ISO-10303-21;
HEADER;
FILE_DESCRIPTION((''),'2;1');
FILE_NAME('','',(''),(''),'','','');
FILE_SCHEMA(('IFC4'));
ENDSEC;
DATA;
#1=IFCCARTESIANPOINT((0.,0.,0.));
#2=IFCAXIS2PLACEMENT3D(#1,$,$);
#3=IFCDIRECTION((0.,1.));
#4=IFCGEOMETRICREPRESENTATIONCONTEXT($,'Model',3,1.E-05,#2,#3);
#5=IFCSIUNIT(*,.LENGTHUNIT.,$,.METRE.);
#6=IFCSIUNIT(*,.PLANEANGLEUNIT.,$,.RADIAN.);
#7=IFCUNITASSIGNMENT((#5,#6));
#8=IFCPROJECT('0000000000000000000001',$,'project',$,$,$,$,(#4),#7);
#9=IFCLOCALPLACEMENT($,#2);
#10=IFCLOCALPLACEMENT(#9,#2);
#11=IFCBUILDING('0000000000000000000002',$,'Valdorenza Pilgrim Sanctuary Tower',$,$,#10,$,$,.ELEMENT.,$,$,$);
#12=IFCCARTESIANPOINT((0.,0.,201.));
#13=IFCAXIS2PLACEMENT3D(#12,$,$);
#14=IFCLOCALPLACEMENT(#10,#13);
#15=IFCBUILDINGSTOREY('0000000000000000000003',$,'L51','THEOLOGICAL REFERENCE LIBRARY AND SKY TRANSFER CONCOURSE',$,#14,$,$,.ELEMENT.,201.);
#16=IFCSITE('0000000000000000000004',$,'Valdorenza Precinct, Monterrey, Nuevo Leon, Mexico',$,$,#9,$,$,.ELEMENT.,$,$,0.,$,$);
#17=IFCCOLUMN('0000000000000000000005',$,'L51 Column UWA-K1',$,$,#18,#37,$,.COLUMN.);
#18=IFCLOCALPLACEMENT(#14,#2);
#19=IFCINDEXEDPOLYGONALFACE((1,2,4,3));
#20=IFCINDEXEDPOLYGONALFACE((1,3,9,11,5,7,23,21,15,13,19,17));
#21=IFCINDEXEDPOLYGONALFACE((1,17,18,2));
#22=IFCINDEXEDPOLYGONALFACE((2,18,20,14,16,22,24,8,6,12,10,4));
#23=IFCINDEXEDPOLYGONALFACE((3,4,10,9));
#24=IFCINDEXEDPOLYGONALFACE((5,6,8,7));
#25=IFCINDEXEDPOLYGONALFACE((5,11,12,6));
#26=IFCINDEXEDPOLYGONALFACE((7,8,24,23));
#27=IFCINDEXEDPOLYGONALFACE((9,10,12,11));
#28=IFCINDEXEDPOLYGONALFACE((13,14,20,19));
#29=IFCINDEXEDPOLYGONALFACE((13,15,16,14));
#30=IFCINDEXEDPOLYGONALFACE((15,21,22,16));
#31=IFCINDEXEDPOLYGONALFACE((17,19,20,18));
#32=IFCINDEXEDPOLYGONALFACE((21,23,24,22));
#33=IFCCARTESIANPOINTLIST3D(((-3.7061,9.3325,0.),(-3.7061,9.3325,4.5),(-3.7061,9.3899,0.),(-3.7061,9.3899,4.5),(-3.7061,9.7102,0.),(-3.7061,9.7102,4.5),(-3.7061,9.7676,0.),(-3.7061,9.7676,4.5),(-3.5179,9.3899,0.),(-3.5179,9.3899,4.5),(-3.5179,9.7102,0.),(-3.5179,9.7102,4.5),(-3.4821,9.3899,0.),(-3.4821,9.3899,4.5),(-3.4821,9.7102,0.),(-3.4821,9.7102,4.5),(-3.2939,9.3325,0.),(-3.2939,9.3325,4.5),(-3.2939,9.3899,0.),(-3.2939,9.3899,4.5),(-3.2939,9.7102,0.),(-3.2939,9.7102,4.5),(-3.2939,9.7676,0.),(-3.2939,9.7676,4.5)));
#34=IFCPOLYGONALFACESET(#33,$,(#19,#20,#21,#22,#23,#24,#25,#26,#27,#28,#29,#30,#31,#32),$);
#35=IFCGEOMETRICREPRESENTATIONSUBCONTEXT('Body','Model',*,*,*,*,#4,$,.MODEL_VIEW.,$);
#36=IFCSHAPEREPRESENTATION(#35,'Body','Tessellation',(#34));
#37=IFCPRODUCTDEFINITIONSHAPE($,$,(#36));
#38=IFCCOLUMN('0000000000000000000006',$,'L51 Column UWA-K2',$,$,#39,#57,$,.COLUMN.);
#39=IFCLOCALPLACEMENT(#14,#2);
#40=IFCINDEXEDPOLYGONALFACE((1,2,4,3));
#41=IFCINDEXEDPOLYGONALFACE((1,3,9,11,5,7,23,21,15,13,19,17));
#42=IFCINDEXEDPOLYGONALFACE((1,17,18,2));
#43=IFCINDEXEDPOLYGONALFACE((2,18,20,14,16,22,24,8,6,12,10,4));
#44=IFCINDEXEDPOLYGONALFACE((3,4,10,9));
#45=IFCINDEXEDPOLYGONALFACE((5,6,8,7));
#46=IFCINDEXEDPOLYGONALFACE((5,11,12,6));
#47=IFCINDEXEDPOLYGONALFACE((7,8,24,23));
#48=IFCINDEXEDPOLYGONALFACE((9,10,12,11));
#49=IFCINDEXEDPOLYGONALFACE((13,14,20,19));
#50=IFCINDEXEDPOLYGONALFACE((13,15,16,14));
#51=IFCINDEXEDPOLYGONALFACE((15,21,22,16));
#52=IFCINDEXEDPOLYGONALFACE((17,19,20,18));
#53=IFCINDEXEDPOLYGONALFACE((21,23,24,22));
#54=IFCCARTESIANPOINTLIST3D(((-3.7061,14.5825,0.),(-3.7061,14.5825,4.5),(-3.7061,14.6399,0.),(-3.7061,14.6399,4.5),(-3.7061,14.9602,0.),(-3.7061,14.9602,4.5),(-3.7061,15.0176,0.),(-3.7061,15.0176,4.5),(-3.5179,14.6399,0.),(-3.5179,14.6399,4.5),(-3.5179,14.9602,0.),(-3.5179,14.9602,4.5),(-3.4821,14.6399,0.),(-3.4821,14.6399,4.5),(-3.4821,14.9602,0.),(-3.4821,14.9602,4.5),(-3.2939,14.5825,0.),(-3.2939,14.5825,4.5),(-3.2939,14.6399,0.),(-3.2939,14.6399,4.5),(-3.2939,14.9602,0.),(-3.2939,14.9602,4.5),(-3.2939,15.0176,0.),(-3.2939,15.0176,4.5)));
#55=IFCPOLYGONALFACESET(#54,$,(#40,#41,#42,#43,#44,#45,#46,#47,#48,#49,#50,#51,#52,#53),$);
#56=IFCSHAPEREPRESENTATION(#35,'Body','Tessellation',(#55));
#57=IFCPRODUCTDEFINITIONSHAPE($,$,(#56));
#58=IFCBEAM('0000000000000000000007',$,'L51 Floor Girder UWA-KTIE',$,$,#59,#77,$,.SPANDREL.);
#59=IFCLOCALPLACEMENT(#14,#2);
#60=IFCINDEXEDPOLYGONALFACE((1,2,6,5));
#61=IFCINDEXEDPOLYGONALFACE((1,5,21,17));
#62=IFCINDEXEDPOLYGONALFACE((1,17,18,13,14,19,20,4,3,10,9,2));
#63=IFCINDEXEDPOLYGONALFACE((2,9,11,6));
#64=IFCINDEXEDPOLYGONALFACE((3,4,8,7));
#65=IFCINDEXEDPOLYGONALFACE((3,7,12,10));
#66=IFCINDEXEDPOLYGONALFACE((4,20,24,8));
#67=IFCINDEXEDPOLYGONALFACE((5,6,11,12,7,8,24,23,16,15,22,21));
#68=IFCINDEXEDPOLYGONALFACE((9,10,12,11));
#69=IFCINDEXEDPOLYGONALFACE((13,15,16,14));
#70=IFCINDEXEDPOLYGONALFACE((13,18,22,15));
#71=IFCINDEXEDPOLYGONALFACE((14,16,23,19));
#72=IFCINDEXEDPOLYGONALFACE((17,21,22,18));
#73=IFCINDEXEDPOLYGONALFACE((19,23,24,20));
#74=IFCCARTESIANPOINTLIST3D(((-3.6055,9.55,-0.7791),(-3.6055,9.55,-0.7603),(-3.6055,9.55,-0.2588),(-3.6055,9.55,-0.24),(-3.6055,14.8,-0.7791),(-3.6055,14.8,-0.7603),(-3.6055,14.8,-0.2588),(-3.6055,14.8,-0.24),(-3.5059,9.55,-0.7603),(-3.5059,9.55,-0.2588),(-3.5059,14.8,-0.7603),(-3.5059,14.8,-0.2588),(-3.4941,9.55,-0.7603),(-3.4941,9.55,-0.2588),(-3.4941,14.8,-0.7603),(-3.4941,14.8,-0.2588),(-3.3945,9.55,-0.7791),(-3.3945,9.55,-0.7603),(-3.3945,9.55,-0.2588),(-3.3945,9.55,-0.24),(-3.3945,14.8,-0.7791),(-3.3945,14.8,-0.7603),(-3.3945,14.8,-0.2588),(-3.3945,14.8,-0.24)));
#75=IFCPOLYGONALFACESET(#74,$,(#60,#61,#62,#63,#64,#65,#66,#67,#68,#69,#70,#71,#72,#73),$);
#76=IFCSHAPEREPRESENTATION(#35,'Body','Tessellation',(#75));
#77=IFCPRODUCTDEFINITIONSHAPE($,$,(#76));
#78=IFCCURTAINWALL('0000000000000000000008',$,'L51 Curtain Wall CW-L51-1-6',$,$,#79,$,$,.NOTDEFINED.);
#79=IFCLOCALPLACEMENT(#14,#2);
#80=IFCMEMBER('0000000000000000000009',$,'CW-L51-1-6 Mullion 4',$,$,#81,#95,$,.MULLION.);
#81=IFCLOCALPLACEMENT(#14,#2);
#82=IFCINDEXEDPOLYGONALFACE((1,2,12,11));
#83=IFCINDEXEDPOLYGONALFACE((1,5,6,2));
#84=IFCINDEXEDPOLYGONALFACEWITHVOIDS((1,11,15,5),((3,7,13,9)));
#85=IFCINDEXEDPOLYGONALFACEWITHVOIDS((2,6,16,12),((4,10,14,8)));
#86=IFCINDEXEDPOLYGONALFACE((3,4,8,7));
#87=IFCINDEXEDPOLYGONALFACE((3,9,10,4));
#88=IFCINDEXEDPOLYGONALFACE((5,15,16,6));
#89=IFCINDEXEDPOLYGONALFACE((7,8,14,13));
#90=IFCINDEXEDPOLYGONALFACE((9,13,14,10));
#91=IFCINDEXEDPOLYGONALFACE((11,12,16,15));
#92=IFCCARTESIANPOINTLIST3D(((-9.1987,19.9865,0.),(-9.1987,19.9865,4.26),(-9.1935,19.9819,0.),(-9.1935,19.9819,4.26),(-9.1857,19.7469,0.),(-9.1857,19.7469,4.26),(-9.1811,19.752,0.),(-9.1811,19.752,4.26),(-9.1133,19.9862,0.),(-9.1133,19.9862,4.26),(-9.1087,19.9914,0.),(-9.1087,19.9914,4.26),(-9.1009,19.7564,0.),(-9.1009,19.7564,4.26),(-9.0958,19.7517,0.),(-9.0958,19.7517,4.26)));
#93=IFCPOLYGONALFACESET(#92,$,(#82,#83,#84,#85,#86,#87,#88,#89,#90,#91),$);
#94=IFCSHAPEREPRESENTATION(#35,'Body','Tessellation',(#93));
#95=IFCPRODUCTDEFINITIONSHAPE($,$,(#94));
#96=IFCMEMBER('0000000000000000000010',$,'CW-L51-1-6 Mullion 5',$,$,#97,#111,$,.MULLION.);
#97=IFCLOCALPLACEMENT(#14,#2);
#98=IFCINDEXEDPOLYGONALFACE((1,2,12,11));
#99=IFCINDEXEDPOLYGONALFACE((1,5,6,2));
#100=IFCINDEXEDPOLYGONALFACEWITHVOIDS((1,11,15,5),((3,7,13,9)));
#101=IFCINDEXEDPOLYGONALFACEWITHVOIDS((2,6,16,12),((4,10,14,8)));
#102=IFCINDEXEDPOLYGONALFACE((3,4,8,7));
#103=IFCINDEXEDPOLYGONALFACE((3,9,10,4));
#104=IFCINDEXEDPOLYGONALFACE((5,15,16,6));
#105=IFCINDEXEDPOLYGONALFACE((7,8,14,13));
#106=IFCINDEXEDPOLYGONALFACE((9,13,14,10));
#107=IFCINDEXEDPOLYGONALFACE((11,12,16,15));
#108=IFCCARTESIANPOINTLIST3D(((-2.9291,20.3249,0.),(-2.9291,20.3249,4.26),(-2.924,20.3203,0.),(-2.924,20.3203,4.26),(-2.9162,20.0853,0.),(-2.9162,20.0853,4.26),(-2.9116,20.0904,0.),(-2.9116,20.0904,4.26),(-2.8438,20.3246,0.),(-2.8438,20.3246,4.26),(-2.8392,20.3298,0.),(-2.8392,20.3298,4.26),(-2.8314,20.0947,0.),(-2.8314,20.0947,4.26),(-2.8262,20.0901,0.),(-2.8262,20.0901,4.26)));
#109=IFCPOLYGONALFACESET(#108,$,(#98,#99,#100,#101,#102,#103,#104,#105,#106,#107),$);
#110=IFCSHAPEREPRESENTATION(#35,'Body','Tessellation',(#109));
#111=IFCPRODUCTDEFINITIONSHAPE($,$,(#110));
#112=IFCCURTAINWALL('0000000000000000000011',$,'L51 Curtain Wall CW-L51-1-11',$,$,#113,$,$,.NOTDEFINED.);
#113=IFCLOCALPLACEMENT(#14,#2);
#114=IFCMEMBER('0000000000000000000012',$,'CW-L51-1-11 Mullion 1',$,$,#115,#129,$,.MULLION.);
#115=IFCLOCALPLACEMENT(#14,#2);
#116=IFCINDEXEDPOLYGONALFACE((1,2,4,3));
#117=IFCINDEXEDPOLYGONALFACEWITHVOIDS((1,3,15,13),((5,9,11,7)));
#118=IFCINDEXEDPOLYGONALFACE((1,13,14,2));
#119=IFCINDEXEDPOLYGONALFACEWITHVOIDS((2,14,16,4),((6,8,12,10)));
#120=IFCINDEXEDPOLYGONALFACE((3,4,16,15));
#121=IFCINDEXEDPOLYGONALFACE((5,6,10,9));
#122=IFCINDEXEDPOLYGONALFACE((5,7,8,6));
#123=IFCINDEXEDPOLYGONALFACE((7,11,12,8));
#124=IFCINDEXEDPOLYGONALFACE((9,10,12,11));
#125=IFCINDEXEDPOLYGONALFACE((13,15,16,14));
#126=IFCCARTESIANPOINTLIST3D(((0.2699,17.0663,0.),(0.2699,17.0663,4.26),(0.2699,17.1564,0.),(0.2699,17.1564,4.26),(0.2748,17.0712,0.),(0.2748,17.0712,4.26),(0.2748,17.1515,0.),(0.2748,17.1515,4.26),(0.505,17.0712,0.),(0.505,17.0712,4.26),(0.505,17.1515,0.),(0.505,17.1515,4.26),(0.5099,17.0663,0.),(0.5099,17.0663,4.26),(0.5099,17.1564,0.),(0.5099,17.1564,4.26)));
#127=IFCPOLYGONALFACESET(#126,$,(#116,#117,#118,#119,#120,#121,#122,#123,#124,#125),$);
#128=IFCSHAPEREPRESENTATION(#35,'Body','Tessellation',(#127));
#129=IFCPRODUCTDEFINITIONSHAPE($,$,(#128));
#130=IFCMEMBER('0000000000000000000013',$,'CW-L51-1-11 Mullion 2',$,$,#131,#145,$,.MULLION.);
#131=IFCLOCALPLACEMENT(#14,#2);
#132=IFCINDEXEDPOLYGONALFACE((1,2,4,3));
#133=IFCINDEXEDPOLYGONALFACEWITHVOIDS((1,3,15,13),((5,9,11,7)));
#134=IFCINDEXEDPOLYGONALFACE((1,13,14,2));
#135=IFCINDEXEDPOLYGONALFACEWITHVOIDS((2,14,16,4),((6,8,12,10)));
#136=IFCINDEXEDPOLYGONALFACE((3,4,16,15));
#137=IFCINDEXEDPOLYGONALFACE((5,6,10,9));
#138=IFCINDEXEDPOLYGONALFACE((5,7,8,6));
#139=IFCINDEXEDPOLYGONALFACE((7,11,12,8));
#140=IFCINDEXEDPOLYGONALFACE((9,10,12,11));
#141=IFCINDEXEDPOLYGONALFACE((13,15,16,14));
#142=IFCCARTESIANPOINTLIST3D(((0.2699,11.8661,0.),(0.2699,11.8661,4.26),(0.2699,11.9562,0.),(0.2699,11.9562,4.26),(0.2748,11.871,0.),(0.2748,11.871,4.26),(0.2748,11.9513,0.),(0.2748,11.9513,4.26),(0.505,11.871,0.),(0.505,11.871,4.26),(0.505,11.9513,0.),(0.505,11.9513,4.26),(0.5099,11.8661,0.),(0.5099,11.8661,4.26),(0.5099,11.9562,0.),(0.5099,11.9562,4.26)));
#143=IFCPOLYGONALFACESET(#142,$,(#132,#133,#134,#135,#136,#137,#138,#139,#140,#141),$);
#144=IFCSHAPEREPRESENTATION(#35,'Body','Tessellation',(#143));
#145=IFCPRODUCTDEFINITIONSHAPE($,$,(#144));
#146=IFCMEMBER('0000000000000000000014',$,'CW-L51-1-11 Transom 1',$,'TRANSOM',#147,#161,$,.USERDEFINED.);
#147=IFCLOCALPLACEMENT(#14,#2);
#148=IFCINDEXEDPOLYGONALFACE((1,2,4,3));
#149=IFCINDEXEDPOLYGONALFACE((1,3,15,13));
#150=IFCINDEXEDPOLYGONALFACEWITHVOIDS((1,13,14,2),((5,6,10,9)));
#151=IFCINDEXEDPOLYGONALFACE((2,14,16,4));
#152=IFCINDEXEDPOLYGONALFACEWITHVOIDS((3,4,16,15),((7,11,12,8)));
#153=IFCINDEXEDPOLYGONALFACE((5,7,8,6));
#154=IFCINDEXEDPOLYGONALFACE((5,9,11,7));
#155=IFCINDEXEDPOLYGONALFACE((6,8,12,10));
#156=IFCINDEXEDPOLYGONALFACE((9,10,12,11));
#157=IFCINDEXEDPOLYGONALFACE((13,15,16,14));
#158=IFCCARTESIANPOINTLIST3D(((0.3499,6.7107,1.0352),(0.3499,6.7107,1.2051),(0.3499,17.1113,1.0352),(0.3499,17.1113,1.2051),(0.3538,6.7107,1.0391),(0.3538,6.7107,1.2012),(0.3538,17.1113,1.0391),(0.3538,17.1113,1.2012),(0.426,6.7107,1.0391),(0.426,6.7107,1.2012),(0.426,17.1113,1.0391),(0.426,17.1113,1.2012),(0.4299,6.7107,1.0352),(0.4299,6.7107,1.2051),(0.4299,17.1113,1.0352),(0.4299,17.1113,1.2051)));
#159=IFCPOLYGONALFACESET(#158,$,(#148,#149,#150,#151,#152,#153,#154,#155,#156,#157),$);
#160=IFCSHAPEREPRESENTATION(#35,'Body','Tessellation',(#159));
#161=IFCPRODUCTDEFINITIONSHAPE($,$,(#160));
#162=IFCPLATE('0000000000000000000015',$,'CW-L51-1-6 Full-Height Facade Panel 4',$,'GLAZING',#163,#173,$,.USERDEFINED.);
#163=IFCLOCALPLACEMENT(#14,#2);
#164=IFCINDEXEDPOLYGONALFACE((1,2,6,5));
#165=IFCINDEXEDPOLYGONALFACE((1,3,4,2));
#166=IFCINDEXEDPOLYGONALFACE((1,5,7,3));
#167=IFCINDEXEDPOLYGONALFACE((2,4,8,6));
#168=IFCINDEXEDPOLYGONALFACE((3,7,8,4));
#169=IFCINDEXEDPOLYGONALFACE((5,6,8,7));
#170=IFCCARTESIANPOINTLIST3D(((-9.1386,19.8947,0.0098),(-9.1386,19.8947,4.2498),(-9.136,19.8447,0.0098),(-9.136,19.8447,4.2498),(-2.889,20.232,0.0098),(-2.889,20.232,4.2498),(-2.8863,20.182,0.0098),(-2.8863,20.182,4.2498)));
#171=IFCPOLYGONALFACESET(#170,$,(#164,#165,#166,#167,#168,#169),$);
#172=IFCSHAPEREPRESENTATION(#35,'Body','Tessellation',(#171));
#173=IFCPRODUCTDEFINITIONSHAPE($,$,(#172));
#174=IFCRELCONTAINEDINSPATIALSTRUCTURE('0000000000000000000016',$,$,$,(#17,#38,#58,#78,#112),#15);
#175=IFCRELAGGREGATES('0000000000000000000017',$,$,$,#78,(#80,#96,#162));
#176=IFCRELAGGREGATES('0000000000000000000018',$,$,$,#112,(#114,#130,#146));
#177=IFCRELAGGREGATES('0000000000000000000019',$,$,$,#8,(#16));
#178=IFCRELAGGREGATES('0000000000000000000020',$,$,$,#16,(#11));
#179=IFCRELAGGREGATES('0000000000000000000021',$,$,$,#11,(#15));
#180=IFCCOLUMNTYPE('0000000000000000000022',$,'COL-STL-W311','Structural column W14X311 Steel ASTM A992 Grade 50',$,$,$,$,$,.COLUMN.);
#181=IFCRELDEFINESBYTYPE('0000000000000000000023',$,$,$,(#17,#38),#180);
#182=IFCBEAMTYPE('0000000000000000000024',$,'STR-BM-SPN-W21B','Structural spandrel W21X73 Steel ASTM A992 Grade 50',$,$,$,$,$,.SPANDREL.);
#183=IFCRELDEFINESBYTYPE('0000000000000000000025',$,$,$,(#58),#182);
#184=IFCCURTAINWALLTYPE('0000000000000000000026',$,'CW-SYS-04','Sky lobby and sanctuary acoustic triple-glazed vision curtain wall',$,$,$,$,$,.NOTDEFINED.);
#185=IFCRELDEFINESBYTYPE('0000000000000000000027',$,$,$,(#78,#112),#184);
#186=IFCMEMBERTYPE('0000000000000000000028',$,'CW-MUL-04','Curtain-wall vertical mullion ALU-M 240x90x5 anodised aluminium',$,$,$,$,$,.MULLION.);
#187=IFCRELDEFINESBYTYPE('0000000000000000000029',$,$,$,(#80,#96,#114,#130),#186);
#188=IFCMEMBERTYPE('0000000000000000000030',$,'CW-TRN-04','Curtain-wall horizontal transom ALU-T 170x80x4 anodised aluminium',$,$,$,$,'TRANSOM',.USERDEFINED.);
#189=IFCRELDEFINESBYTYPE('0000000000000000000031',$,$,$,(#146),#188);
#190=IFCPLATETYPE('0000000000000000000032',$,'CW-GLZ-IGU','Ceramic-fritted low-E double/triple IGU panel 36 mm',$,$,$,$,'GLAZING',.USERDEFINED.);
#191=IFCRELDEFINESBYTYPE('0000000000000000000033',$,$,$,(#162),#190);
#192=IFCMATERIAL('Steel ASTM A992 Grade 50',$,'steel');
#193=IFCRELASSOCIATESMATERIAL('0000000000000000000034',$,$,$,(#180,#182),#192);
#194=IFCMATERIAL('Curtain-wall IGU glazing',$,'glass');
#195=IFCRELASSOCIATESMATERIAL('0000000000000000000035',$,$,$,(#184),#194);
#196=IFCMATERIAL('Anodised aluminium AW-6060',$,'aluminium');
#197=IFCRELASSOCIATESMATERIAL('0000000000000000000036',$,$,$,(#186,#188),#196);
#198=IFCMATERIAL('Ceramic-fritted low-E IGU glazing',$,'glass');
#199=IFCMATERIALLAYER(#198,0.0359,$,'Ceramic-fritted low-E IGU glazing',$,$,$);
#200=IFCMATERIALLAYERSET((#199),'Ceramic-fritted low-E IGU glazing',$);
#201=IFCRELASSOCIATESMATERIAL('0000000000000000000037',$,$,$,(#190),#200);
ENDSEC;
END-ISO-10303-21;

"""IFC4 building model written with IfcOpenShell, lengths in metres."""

from ifc_helpers import new_model, si_unit, direction, frame, origin, origin_2d, place, context, subcontext, project, spatial, rectangle, hollow_rectangle, i_section, extrude, source, transform, mapped, material, layer, layer_set, material_profile, profile_set, type_object, element, aggregate, save


model = new_model("IFC4")

# Units and contexts
model_context = context("Model", 3, precision=1e-05, world=origin(), true_north=direction((0.0, 1.0)))
body_context = subcontext(model_context, "Body", "Model", "MODEL_VIEW")
ifc_project = project(units=[si_unit("LENGTHUNIT", "METRE"), si_unit("PLANEANGLEUNIT", "RADIAN")], contexts=[model_context])

# Site, building, storey
site_placement = place(None, origin())
site = spatial("IfcSite", under=ifc_project, at=site_placement, Name="Valdorenza Precinct, Monterrey, Nuevo Leon, Mexico", CompositionType="ELEMENT", RefElevation=0.0)
building_placement = place(site_placement, origin())
building = spatial("IfcBuilding", under=site, at=building_placement, Name="Valdorenza Pilgrim Sanctuary Tower", CompositionType="ELEMENT")
storey_placement = place(building_placement, frame((0.0, 0.0, 201.0)))
storey = spatial("IfcBuildingStorey", under=building, at=storey_placement, Name="L51", Description="THEOLOGICAL REFERENCE LIBRARY AND SKY TRANSFER CONCOURSE", CompositionType="ELEMENT", Elevation=201.0)

# Columns
ifc_material_1 = material(Name="Steel ASTM A992 Grade 50", Category="steel")
ifc_material_profile_1 = material_profile(ifc_material_1, i_section(OverallWidth=0.4121, OverallDepth=0.4351, WebThickness=0.0359, FlangeThickness=0.0574, at=origin_2d()), Name="W14X311")
ifc_profile_set_1 = profile_set([ifc_material_profile_1], Name="Steel ASTM A992 Grade 50")
column_type = type_object("IfcColumnType", Name="COL-STL-W311", Description="Structural column W14X311 Steel ASTM A992 Grade 50", PredefinedType="COLUMN", material=ifc_profile_set_1)
shared_shape_1 = source(origin(), body_context, "Body", "SweptSolid", [
    extrude(i_section(OverallWidth=0.4121, OverallDepth=0.4351, WebThickness=0.0359, FlangeThickness=0.0574, at=origin_2d()), origin(), (0.0, 0.0, 1.0), 4.5),
])
for number, where, z_axis, x_axis, name in (
    (1, (-3.5, 9.55, 0.0), (0.0, 0.0, 1.0), (1.0, 0.0, 0.0), "L51 Column UWA-K1"),
    (2, (-3.5, 14.8, 0.0), (0.0, 0.0, 1.0), (1.0, 0.0, 0.0), "L51 Column UWA-K2"),
):
    element("IfcColumn", number, at=place(storey_placement, frame(where, z_axis=z_axis, x_axis=x_axis)), inside=storey, type_object=column_type, Name=name, PredefinedType="COLUMN", context=body_context, shape_type="MappedRepresentation", body=[
        mapped(shared_shape_1, transform((0.0, 0.0, 0.0), x_axis=(1.0, 0.0, 0.0), y_axis=(0.0, 1.0, 0.0), z_axis=(0.0, 0.0, 1.0), scale=1.0)),
    ])

# Beam
ifc_material_profile_2 = material_profile(ifc_material_1, i_section(OverallWidth=0.2109, OverallDepth=0.5391, WebThickness=0.0117, FlangeThickness=0.0188, at=origin_2d()), Name="W21X73")
ifc_profile_set_2 = profile_set([ifc_material_profile_2], Name="Steel ASTM A992 Grade 50")
beam_type = type_object("IfcBeamType", Name="STR-BM-SPN-W21B", Description="Structural spandrel W21X73 Steel ASTM A992 Grade 50", PredefinedType="SPANDREL", material=ifc_profile_set_2)
shared_shape_2 = source(origin(), body_context, "Body", "SweptSolid", [
    extrude(i_section(OverallWidth=0.2109, OverallDepth=0.5391, WebThickness=0.0117, FlangeThickness=0.0188, at=origin_2d()), origin(), (0.0, 0.0, 1.0), 5.25),
])
beam_placement = place(storey_placement, frame((-3.5, 9.55, -0.5095), z_axis=(0.0, 1.0, 0.0), x_axis=(-1.0, 0.0, 0.0)))
element("IfcBeam", 3, at=beam_placement, inside=storey, type_object=beam_type, Name="L51 Floor Girder UWA-KTIE", PredefinedType="SPANDREL", context=body_context, shape_type="MappedRepresentation", body=[
    mapped(shared_shape_2, transform((0.0, 0.0, 0.0), x_axis=(1.0, 0.0, 0.0), y_axis=(0.0, 1.0, 0.0), z_axis=(0.0, 0.0, 1.0), scale=1.0)),
])

# Curtain walls, members
ifc_material_2 = material(Name="Curtain-wall IGU glazing", Category="glass")
curtain_wall_type = type_object("IfcCurtainWallType", Name="CW-SYS-04", Description="Sky lobby and sanctuary acoustic triple-glazed vision curtain wall", PredefinedType="NOTDEFINED", material=ifc_material_2)
curtain_wall_1_placement = place(storey_placement, origin())
curtain_wall_1 = element("IfcCurtainWall", 4, at=curtain_wall_1_placement, inside=storey, type_object=curtain_wall_type, Name="L51 Curtain Wall CW-L51-1-6", PredefinedType="NOTDEFINED")
ifc_material_3 = material(Name="Anodised aluminium AW-6060", Category="aluminium")
ifc_material_profile_3 = material_profile(ifc_material_3, hollow_rectangle(XDim=0.0901, YDim=0.24, WallThickness=0.0049, at=origin_2d()), Name="ALU-M 240x90x5")
ifc_profile_set_3 = profile_set([ifc_material_profile_3], Name="Anodised aluminium AW-6060")
member_type_1 = type_object("IfcMemberType", Name="CW-MUL-04", Description="Curtain-wall vertical mullion ALU-M 240x90x5 anodised aluminium", PredefinedType="MULLION", material=ifc_profile_set_3)
shared_shape_3 = source(origin(), body_context, "Body", "SweptSolid", [
    extrude(hollow_rectangle(XDim=0.0901, YDim=0.24, WallThickness=0.0049, at=origin_2d()), origin(), (0.0, 0.0, 1.0), 4.26),
])
member_1_placement = place(storey_placement, frame((-9.1472, 19.8691, 0.0), z_axis=(0.0, 0.0, 1.0), x_axis=(0.998547, 0.053887, 0.0)))
member_1 = element("IfcMember", 5, at=member_1_placement, type_object=member_type_1, Name="CW-L51-1-6 Mullion 4", PredefinedType="MULLION", context=body_context, shape_type="MappedRepresentation", body=[
    mapped(shared_shape_3, transform((0.0, 0.0, 0.0), x_axis=(1.0, 0.0, 0.0), y_axis=(0.0, 1.0, 0.0), z_axis=(0.0, 0.0, 1.0), scale=1.0)),
])
member_2_placement = place(storey_placement, frame((-2.8777, 20.2075, 0.0), z_axis=(0.0, 0.0, 1.0), x_axis=(0.998547, 0.053887, 0.0)))
member_2 = element("IfcMember", 6, at=member_2_placement, type_object=member_type_1, Name="CW-L51-1-6 Mullion 5", PredefinedType="MULLION", context=body_context, shape_type="MappedRepresentation", body=[
    mapped(shared_shape_3, transform((0.0, 0.0, 0.0), x_axis=(1.0, 0.0, 0.0), y_axis=(0.0, 1.0, 0.0), z_axis=(0.0, 0.0, 1.0), scale=1.0)),
])
curtain_wall_2_placement = place(storey_placement, origin())
curtain_wall_2 = element("IfcCurtainWall", 7, at=curtain_wall_2_placement, inside=storey, type_object=curtain_wall_type, Name="L51 Curtain Wall CW-L51-1-11", PredefinedType="NOTDEFINED")
member_3_placement = place(storey_placement, frame((0.3899, 17.1113, 0.0), z_axis=(0.0, 0.0, 1.0), x_axis=(0.0, -1.0, 0.0)))
member_3 = element("IfcMember", 8, at=member_3_placement, type_object=member_type_1, Name="CW-L51-1-11 Mullion 1", PredefinedType="MULLION", context=body_context, shape_type="MappedRepresentation", body=[
    mapped(shared_shape_3, transform((0.0, 0.0, 0.0), x_axis=(1.0, 0.0, 0.0), y_axis=(0.0, 1.0, 0.0), z_axis=(0.0, 0.0, 1.0), scale=1.0)),
])
member_4_placement = place(storey_placement, frame((0.3899, 11.9111, 0.0), z_axis=(0.0, 0.0, 1.0), x_axis=(0.0, -1.0, 0.0)))
member_4 = element("IfcMember", 9, at=member_4_placement, type_object=member_type_1, Name="CW-L51-1-11 Mullion 2", PredefinedType="MULLION", context=body_context, shape_type="MappedRepresentation", body=[
    mapped(shared_shape_3, transform((0.0, 0.0, 0.0), x_axis=(1.0, 0.0, 0.0), y_axis=(0.0, 1.0, 0.0), z_axis=(0.0, 0.0, 1.0), scale=1.0)),
])
ifc_material_profile_4 = material_profile(ifc_material_3, hollow_rectangle(XDim=0.0801, YDim=0.1699, WallThickness=0.0039, at=origin_2d()), Name="ALU-T 170x80x4")
ifc_profile_set_4 = profile_set([ifc_material_profile_4], Name="Anodised aluminium AW-6060")
member_type_2 = type_object("IfcMemberType", Name="CW-TRN-04", Description="Curtain-wall horizontal transom ALU-T 170x80x4 anodised aluminium", ElementType="TRANSOM", PredefinedType="USERDEFINED", material=ifc_profile_set_4)
shared_shape_4 = source(origin(), body_context, "Body", "SweptSolid", [
    extrude(hollow_rectangle(XDim=0.0801, YDim=0.1699, WallThickness=0.0039, at=origin_2d()), origin(), (0.0, 0.0, 1.0), 10.4006),
])
member_5_placement = place(storey_placement, frame((0.3899, 17.1113, 1.1201), z_axis=(0.0, -1.0, 0.0), x_axis=(1.0, 0.0, 0.0)))
member_5 = element("IfcMember", 10, at=member_5_placement, type_object=member_type_2, Name="CW-L51-1-11 Transom 1", ObjectType="TRANSOM", PredefinedType="USERDEFINED", context=body_context, shape_type="MappedRepresentation", body=[
    mapped(shared_shape_4, transform((0.0, 0.0, 0.0), x_axis=(1.0, 0.0, 0.0), y_axis=(0.0, 1.0, 0.0), z_axis=(0.0, 0.0, 1.0), scale=1.0)),
])

# Plate
ifc_material_4 = material(Name="Ceramic-fritted low-E IGU glazing", Category="glass")
ifc_layer_1 = layer(ifc_material_4, 0.0359, Name="Ceramic-fritted low-E IGU glazing")
ifc_layer_set_1 = layer_set([ifc_layer_1], Name="Ceramic-fritted low-E IGU glazing")
plate_type_1 = type_object("IfcPlateType", Name="CW-GLZ-IGU", Description="Ceramic-fritted low-E double/triple IGU panel 36 mm", ElementType="GLAZING", PredefinedType="USERDEFINED", material=ifc_layer_set_1)
shared_shape_5 = source(origin(), body_context, "Body", "SweptSolid", [
    extrude(rectangle(XDim=6.2588, YDim=0.05, at=origin_2d()), origin(), (0.0, 0.0, 1.0), 4.24),
])
plate_1_placement = place(storey_placement, frame((-6.0125, 20.0383, 0.0098), z_axis=(0.0, 0.0, 1.0), x_axis=(0.998547, 0.053887, 0.0)))
plate_1 = element("IfcPlate", 11, at=plate_1_placement, type_object=plate_type_1, Name="CW-L51-1-6 Full-Height Facade Panel 4", ObjectType="GLAZING", PredefinedType="USERDEFINED", context=body_context, shape_type="MappedRepresentation", body=[
    mapped(shared_shape_5, transform((0.0, 0.0, 0.0), x_axis=(1.0, 0.0, 0.0), y_axis=(0.0, 1.0, 0.0), z_axis=(0.0, 0.0, 1.0), scale=1.0)),
])
aggregate(curtain_wall_1, [member_1, member_2, plate_1])
aggregate(curtain_wall_2, [member_3, member_4, member_5])

save(model, "model.ifc")
